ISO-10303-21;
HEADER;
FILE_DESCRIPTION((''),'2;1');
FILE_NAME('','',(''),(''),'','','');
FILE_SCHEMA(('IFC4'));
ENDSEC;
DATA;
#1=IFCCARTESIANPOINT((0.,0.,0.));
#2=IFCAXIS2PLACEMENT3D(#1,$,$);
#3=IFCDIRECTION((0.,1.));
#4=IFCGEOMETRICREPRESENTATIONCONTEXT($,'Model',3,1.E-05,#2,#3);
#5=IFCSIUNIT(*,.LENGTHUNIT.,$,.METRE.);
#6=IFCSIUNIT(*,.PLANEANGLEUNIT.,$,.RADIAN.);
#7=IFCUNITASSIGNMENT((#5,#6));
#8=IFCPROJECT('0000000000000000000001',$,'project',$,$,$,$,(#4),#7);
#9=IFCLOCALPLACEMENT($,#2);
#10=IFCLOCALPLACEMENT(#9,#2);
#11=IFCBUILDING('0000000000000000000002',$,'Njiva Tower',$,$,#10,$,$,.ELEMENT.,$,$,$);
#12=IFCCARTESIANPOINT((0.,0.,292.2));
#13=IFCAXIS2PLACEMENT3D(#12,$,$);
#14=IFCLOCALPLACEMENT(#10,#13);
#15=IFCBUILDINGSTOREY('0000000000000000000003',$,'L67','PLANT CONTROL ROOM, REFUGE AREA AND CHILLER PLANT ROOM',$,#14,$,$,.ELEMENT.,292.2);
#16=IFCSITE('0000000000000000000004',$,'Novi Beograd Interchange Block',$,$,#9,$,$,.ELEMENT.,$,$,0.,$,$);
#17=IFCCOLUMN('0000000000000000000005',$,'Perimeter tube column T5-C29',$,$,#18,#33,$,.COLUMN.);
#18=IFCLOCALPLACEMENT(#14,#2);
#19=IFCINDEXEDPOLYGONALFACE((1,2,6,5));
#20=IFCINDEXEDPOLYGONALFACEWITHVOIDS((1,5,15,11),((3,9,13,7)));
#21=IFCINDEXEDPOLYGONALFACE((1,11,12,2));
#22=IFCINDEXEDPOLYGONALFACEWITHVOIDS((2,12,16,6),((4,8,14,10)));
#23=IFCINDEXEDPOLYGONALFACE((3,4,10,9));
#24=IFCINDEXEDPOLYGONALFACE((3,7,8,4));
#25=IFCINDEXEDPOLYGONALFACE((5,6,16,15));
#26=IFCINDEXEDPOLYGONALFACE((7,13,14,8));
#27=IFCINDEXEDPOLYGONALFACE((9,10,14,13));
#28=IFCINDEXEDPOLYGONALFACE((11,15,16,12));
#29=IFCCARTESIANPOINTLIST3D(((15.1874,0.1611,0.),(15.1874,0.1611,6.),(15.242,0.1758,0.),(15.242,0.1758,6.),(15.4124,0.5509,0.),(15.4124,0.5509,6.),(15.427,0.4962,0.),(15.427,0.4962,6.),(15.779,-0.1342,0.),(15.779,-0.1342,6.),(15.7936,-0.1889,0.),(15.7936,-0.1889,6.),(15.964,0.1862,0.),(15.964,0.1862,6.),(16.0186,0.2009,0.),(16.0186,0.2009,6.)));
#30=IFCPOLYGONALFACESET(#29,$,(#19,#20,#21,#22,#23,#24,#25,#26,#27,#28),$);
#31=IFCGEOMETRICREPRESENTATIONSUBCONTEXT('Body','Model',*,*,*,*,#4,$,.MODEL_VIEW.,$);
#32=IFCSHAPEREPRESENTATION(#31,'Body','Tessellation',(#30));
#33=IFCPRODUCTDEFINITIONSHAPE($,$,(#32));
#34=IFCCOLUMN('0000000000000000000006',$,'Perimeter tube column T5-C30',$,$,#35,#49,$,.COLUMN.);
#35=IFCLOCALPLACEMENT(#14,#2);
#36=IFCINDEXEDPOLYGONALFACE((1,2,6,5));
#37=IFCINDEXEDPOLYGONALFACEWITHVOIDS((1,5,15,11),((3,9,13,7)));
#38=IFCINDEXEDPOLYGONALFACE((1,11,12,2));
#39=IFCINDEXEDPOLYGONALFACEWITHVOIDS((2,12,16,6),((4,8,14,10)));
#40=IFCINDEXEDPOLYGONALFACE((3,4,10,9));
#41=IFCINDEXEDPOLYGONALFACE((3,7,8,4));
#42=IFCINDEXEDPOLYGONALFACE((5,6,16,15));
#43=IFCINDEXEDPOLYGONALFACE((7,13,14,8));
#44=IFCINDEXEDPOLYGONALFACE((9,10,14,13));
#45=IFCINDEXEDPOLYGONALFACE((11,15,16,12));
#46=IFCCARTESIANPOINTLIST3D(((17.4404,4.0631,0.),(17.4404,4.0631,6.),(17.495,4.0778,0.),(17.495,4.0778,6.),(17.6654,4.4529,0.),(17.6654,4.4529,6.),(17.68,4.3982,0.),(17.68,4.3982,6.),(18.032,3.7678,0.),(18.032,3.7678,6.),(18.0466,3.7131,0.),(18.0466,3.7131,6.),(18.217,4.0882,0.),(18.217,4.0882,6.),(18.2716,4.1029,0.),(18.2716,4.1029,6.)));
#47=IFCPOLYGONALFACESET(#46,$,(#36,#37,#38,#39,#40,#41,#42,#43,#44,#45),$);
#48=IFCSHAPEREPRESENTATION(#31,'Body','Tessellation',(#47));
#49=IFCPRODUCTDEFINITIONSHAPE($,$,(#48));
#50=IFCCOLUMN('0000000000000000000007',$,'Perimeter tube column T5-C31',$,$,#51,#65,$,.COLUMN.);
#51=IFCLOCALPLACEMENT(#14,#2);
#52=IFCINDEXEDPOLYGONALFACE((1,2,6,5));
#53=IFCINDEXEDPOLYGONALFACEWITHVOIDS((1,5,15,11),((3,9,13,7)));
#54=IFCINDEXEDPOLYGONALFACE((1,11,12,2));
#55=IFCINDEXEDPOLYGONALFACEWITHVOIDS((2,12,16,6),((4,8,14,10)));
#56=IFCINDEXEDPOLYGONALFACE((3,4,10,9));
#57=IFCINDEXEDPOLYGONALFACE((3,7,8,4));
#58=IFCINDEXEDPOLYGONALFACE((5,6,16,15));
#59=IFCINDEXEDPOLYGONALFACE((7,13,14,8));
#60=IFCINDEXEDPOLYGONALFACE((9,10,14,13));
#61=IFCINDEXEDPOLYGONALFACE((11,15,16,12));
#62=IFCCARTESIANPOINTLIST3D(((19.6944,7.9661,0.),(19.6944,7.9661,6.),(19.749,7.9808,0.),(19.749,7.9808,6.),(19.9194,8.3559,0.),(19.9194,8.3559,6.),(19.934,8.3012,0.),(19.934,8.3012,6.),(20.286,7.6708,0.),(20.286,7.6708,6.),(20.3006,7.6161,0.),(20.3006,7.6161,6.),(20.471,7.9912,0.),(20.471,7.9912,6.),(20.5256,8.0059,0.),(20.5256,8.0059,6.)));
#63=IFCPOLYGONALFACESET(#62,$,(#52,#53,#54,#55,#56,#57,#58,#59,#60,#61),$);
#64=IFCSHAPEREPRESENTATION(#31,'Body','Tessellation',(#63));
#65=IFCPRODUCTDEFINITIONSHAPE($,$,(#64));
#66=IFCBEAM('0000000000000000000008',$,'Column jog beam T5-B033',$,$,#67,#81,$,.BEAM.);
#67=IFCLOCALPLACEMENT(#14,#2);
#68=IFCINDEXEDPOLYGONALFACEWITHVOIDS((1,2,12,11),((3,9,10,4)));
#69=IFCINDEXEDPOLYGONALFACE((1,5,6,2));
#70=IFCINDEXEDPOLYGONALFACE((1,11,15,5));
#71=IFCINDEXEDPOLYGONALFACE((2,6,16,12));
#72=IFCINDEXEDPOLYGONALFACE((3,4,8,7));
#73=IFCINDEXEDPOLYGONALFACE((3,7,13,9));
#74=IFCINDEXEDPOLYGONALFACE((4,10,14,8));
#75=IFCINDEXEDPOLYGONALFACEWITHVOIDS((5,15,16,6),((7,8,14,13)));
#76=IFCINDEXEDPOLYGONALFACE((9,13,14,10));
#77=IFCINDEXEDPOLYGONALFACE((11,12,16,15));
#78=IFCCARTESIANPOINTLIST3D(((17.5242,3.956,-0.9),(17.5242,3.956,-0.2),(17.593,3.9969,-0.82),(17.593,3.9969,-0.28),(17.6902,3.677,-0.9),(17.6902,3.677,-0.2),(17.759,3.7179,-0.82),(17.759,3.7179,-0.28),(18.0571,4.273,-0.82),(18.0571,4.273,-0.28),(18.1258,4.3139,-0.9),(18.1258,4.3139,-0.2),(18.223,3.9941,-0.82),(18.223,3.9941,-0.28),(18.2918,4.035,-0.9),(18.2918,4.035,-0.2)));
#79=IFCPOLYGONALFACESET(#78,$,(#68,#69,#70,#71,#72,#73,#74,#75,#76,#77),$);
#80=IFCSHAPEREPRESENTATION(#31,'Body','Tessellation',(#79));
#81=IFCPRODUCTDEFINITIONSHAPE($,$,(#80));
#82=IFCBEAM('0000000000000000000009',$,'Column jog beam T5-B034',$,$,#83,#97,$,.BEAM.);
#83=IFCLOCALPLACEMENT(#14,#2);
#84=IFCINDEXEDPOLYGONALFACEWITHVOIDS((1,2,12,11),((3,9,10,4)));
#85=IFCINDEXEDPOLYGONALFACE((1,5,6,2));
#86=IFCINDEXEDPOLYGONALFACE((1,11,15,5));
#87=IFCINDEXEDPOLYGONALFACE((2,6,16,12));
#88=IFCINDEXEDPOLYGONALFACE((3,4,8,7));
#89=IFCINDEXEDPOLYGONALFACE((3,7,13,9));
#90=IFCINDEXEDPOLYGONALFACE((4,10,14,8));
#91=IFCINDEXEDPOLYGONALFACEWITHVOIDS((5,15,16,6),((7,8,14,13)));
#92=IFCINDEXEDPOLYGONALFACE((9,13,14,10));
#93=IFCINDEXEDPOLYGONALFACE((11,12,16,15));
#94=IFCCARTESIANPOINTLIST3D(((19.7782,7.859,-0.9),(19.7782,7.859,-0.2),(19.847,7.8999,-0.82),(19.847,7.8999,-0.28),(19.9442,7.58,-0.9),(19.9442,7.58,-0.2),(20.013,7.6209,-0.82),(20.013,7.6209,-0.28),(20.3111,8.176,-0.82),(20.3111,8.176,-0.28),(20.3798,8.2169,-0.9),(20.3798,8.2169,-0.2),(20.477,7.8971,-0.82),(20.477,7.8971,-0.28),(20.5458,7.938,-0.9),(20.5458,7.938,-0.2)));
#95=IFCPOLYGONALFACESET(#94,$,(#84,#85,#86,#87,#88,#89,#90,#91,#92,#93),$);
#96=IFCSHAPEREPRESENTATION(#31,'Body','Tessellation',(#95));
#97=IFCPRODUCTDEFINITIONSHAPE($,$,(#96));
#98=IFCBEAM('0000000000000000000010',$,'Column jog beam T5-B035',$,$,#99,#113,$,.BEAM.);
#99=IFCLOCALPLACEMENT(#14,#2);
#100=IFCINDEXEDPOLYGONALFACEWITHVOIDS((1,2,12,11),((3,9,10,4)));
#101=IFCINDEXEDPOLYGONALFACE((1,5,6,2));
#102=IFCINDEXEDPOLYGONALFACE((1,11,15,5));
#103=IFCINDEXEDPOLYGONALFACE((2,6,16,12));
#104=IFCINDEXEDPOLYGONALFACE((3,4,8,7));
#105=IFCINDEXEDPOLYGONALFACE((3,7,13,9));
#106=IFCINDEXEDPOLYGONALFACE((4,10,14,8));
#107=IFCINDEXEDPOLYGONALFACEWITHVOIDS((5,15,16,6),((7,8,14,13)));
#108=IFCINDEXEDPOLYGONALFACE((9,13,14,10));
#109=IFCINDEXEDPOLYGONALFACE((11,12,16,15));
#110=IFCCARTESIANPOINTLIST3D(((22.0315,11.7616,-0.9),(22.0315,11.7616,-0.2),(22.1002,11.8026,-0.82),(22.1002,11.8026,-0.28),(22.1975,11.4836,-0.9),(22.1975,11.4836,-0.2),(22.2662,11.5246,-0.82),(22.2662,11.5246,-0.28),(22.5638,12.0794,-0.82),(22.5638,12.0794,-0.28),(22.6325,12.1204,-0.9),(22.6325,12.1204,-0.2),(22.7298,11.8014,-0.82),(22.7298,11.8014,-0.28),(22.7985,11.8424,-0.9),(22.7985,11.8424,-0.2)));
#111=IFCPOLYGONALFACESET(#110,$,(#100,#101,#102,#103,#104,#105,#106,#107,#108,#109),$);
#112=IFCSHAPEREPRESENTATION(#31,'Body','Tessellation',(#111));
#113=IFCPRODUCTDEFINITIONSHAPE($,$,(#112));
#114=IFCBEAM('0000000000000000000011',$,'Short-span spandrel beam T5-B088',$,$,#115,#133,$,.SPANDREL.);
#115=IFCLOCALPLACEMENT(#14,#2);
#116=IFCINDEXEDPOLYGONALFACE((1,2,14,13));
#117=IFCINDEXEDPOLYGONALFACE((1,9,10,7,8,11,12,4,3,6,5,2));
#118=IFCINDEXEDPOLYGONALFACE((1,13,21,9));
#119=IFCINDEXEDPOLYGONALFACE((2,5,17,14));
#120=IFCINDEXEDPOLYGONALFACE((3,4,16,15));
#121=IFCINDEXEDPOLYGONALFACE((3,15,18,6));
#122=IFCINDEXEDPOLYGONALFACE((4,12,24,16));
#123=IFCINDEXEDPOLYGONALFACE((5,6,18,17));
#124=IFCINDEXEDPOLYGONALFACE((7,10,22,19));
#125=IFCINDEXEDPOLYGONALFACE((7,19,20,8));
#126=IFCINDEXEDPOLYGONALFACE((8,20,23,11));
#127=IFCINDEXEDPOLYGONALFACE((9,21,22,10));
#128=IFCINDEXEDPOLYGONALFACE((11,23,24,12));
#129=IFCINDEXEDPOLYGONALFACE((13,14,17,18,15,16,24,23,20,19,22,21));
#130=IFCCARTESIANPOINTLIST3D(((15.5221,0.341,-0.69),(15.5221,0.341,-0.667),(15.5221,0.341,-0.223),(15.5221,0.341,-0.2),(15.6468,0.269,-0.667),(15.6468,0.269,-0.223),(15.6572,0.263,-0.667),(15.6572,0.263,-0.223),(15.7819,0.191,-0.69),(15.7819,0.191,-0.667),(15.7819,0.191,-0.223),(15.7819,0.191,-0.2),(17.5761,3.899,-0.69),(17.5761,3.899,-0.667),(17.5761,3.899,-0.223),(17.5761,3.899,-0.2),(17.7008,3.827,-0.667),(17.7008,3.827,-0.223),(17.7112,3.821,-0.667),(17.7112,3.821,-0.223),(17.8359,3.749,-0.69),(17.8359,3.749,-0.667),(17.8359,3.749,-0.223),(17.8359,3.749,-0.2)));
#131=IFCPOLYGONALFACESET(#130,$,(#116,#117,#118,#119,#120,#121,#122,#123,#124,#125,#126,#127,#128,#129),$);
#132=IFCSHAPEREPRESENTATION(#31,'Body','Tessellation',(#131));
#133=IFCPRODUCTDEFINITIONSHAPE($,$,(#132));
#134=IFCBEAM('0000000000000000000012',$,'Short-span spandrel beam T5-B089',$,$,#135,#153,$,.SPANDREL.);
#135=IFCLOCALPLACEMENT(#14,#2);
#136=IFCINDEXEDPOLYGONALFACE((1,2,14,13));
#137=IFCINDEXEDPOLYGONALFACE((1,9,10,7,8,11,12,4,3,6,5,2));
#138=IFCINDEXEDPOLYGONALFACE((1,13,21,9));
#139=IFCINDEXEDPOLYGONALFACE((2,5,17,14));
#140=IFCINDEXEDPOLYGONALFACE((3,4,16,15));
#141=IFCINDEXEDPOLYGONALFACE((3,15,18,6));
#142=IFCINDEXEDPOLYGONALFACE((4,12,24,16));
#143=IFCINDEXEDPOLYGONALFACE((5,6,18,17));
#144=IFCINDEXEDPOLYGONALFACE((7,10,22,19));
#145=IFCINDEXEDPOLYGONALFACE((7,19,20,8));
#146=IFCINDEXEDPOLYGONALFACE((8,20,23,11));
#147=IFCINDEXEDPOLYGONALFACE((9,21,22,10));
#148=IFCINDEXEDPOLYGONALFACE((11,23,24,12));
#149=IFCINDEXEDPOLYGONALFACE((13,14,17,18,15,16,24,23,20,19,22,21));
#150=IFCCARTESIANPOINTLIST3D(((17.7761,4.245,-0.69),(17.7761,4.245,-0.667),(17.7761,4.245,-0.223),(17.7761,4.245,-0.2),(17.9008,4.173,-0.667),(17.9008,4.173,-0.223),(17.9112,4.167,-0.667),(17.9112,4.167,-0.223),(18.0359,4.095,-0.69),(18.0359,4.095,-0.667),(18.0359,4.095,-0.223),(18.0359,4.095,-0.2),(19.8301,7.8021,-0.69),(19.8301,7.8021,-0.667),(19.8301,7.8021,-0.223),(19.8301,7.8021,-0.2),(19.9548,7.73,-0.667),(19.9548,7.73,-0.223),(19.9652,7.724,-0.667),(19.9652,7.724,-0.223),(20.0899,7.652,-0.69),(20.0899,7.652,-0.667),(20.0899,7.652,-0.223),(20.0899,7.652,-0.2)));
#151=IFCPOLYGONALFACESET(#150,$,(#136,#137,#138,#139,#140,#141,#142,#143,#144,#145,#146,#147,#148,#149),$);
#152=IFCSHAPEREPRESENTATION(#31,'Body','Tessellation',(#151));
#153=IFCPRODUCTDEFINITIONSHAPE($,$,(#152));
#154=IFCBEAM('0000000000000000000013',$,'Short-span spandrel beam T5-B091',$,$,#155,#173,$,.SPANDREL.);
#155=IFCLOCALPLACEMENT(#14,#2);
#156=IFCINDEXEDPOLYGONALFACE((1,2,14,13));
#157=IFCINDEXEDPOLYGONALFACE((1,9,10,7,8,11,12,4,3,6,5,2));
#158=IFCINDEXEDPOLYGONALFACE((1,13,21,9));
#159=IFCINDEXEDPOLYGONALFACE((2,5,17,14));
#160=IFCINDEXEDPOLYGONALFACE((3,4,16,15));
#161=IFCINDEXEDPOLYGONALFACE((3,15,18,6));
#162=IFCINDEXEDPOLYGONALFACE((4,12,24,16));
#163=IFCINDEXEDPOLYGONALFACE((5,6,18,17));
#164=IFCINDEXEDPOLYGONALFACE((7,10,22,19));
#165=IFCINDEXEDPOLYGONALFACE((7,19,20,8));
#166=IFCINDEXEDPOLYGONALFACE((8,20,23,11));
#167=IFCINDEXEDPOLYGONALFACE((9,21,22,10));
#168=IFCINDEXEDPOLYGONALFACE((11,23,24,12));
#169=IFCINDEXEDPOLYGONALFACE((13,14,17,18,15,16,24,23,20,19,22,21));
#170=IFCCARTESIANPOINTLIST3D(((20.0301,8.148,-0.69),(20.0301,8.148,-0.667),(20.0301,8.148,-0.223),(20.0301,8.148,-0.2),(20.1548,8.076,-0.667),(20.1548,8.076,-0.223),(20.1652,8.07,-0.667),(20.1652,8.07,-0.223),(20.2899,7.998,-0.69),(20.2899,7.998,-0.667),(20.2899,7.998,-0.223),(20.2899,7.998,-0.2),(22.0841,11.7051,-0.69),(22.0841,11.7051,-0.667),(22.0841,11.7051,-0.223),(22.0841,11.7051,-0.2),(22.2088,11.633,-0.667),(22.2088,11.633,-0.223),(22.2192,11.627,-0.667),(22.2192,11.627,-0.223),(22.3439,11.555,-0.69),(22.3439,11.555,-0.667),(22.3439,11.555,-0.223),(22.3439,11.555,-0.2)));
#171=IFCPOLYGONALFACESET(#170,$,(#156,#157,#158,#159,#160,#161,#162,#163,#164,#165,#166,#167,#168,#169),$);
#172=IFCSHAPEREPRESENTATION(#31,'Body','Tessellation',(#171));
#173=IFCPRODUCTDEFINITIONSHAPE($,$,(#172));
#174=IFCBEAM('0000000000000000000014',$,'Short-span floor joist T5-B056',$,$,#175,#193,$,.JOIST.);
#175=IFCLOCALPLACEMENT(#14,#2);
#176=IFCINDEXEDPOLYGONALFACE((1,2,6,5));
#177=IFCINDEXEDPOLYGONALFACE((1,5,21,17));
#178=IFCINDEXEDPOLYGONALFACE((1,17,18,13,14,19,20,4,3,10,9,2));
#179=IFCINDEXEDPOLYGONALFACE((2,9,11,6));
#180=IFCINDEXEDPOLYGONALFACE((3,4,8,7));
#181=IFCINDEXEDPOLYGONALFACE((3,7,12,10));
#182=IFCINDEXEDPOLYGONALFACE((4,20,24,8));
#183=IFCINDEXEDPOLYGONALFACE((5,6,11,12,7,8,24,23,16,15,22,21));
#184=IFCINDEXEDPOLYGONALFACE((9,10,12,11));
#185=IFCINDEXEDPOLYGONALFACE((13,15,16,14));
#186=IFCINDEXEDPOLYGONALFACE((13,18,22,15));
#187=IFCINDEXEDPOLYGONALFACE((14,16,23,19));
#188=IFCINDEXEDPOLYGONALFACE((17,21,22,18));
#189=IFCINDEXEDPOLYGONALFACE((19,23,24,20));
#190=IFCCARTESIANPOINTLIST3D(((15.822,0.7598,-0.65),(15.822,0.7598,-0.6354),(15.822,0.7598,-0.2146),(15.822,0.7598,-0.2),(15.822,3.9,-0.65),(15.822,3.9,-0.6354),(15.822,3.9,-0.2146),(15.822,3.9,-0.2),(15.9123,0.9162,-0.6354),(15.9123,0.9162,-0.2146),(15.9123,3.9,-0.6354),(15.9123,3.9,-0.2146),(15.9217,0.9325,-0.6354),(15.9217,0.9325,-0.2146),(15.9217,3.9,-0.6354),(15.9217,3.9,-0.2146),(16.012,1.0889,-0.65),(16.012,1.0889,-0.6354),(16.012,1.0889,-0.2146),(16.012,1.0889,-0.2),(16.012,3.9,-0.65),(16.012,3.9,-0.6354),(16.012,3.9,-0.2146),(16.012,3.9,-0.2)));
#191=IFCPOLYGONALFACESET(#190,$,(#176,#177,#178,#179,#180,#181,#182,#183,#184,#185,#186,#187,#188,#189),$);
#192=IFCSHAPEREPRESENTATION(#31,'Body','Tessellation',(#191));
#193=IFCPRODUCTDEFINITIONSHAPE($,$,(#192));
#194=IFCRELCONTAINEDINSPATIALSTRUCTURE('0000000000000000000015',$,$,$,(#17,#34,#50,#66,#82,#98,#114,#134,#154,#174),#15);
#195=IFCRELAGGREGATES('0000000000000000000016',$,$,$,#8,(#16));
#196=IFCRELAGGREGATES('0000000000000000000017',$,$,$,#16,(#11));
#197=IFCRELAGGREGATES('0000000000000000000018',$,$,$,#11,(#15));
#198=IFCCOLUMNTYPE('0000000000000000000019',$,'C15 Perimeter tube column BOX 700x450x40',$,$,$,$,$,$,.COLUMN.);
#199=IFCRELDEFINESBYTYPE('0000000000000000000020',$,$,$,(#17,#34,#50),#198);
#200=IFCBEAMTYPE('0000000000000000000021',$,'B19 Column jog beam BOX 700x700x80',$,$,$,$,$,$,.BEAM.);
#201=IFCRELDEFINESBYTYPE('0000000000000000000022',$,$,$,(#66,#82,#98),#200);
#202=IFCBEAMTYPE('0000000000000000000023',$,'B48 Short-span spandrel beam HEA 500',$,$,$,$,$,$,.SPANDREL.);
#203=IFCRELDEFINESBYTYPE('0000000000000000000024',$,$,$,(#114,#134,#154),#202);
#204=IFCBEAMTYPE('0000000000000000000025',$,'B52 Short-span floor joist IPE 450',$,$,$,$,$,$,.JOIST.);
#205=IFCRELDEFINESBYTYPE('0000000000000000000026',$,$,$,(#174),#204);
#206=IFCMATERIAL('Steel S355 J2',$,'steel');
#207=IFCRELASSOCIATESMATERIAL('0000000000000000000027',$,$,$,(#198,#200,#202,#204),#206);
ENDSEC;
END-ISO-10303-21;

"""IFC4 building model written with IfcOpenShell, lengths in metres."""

from ifc_helpers import new_model, si_unit, direction, frame, origin, origin_2d, place, context, subcontext, project, spatial, hollow_rectangle, i_section, extrude, clip, halfspace, material, material_profile, profile_set, type_object, element, save


model = new_model("IFC4")

# Units and contexts
model_context = context("Model", 3, precision=1e-05, world=origin(), true_north=direction((0.0, 1.0)))
body_context = subcontext(model_context, "Body", "Model", "MODEL_VIEW")
ifc_project = project(units=[si_unit("LENGTHUNIT", "METRE"), si_unit("PLANEANGLEUNIT", "RADIAN")], contexts=[model_context])

# Site, building, storey
site_placement = place(None, origin())
site = spatial("IfcSite", under=ifc_project, at=site_placement, Name="Novi Beograd Interchange Block", CompositionType="ELEMENT", RefElevation=0.0)
building_placement = place(site_placement, origin())
building = spatial("IfcBuilding", under=site, at=building_placement, Name="Njiva Tower", CompositionType="ELEMENT")
storey_placement = place(building_placement, frame((0.0, 0.0, 292.2)))
storey = spatial("IfcBuildingStorey", under=building, at=storey_placement, Name="L67", Description="PLANT CONTROL ROOM, REFUGE AREA AND CHILLER PLANT ROOM", CompositionType="ELEMENT", Elevation=292.2)

# Columns
ifc_material_1 = material(Name="Steel S355 J2", Category="steel")
ifc_material_profile_1 = material_profile(ifc_material_1, hollow_rectangle(XDim=0.45, YDim=0.7, WallThickness=0.04, at=origin_2d()), Name="BOX 700x450x40")
ifc_profile_set_1 = profile_set([ifc_material_profile_1], Name="Steel S355 J2")
column_type = type_object("IfcColumnType", Name="C15 Perimeter tube column BOX 700x450x40", PredefinedType="COLUMN", material=ifc_profile_set_1)
for number, where, z_axis, x_axis, name in (
    (1, (15.603, 0.181, 0.0), (0.0, 0.0, 1.0), (0.5, 0.866025, 0.0), "Perimeter tube column T5-C29"),
    (2, (17.856, 4.083, 0.0), (0.0, 0.0, 1.0), (0.5, 0.866025, 0.0), "Perimeter tube column T5-C30"),
    (3, (20.11, 7.986, 0.0), (0.0, 0.0, 1.0), (0.5, 0.866025, 0.0), "Perimeter tube column T5-C31"),
):
    element("IfcColumn", number, at=place(storey_placement, frame(where, z_axis=z_axis, x_axis=x_axis)), inside=storey, type_object=column_type, Name=name, PredefinedType="COLUMN", context=body_context, shape_type="SweptSolid", body=[
        extrude(hollow_rectangle(XDim=0.45, YDim=0.7, WallThickness=0.04, at=origin_2d()), origin(), (0.0, 0.0, 1.0), 6.0),
    ])

# Beams
ifc_material_profile_2 = material_profile(ifc_material_1, hollow_rectangle(XDim=0.7, YDim=0.7, WallThickness=0.08, at=origin_2d()), Name="BOX 700x700x80")
ifc_profile_set_2 = profile_set([ifc_material_profile_2], Name="Steel S355 J2")
beam_type_1 = type_object("IfcBeamType", Name="B19 Column jog beam BOX 700x700x80", PredefinedType="BEAM", material=ifc_profile_set_2)
for number, where, z_axis, x_axis, name in (
    (4, (17.991, 3.856, -0.55), (-0.511321, 0.85939, 0.0), (-0.85939, -0.511321, 0.0), "Column jog beam T5-B033"),
    (5, (20.245, 7.759, -0.55), (-0.511321, 0.85939, 0.0), (-0.85939, -0.511321, 0.0), "Column jog beam T5-B034"),
):
    element("IfcBeam", number, at=place(storey_placement, frame(where, z_axis=z_axis, x_axis=x_axis)), inside=storey, type_object=beam_type_1, Name=name, PredefinedType="BEAM", context=body_context, shape_type="SweptSolid", body=[
        extrude(hollow_rectangle(XDim=0.7, YDim=0.7, WallThickness=0.08, at=origin_2d()), origin(), (0.0, 0.0, 1.0), 0.3246),
    ])
beam_1_placement = place(storey_placement, frame((22.498, 11.663, -0.55), z_axis=(-0.512678, 0.858581, 0.0), x_axis=(-0.858581, -0.512678, 0.0)))
element("IfcBeam", 6, at=beam_1_placement, inside=storey, type_object=beam_type_1, Name="Column jog beam T5-B035", PredefinedType="BEAM", context=body_context, shape_type="SweptSolid", body=[
    extrude(hollow_rectangle(XDim=0.7, YDim=0.7, WallThickness=0.08, at=origin_2d()), origin(), (0.0, 0.0, 1.0), 0.3238),
])
ifc_material_profile_3 = material_profile(ifc_material_1, i_section(OverallWidth=0.3, OverallDepth=0.49, WebThickness=0.012, FlangeThickness=0.023, at=origin_2d()), Name="HEA 500")
ifc_profile_set_3 = profile_set([ifc_material_profile_3], Name="Steel S355 J2")
beam_type_2 = type_object("IfcBeamType", Name="B48 Short-span spandrel beam HEA 500", PredefinedType="SPANDREL", material=ifc_profile_set_3)
beam_2_placement = place(storey_placement, frame((15.652, 0.266, -0.445), z_axis=(0.499961, 0.866048, 0.0), x_axis=(-0.866048, 0.499961, 0.0)))
element("IfcBeam", 7, at=beam_2_placement, inside=storey, type_object=beam_type_2, Name="Short-span spandrel beam T5-B088", PredefinedType="SPANDREL", context=body_context, shape_type="SweptSolid", body=[
    extrude(i_section(OverallWidth=0.3, OverallDepth=0.49, WebThickness=0.012, FlangeThickness=0.023, at=origin_2d()), origin(), (0.0, 0.0, 1.0), 4.1083),
])
for number, where, z_axis, x_axis, name in (
    (8, (17.906, 4.17, -0.445), (0.500067, 0.865987, 0.0), (-0.865987, 0.500067, 0.0), "Short-span spandrel beam T5-B089"),
    (9, (20.16, 8.073, -0.445), (0.500067, 0.865987, 0.0), (-0.865987, 0.500067, 0.0), "Short-span spandrel beam T5-B091"),
):
    element("IfcBeam", number, at=place(storey_placement, frame(where, z_axis=z_axis, x_axis=x_axis)), inside=storey, type_object=beam_type_2, Name=name, PredefinedType="SPANDREL", context=body_context, shape_type="SweptSolid", body=[
        extrude(i_section(OverallWidth=0.3, OverallDepth=0.49, WebThickness=0.012, FlangeThickness=0.023, at=origin_2d()), origin(), (0.0, 0.0, 1.0), 4.1075),
    ])
ifc_material_profile_4 = material_profile(ifc_material_1, i_section(OverallWidth=0.19, OverallDepth=0.45, WebThickness=0.0094, FlangeThickness=0.0146, at=origin_2d()), Name="IPE 450")
ifc_profile_set_4 = profile_set([ifc_material_profile_4], Name="Steel S355 J2")
beam_type_3 = type_object("IfcBeamType", Name="B52 Short-span floor joist IPE 450", PredefinedType="JOIST", material=ifc_profile_set_4)
beam_3_placement = place(storey_placement, frame((15.917, 3.9, -0.425), z_axis=(0.0, -1.0, 0.0), x_axis=(1.0, 0.0, 0.0)))
element("IfcBeam", 10, at=beam_3_placement, inside=storey, type_object=beam_type_3, Name="Short-span floor joist T5-B056", PredefinedType="JOIST", context=body_context, shape_type="Clipping", body=[
    clip(extrude(i_section(OverallWidth=0.19, OverallDepth=0.45, WebThickness=0.0094, FlangeThickness=0.0146, at=origin_2d()), origin(), (0.0, 0.0, 1.0), 3.161), halfspace(frame((0.043, 0.0, 2.9012), z_axis=(0.866027, 0.0, 0.499998), x_axis=(0.0, 1.0, 0.0)), False)),
])

save(model, "model.ifc")
